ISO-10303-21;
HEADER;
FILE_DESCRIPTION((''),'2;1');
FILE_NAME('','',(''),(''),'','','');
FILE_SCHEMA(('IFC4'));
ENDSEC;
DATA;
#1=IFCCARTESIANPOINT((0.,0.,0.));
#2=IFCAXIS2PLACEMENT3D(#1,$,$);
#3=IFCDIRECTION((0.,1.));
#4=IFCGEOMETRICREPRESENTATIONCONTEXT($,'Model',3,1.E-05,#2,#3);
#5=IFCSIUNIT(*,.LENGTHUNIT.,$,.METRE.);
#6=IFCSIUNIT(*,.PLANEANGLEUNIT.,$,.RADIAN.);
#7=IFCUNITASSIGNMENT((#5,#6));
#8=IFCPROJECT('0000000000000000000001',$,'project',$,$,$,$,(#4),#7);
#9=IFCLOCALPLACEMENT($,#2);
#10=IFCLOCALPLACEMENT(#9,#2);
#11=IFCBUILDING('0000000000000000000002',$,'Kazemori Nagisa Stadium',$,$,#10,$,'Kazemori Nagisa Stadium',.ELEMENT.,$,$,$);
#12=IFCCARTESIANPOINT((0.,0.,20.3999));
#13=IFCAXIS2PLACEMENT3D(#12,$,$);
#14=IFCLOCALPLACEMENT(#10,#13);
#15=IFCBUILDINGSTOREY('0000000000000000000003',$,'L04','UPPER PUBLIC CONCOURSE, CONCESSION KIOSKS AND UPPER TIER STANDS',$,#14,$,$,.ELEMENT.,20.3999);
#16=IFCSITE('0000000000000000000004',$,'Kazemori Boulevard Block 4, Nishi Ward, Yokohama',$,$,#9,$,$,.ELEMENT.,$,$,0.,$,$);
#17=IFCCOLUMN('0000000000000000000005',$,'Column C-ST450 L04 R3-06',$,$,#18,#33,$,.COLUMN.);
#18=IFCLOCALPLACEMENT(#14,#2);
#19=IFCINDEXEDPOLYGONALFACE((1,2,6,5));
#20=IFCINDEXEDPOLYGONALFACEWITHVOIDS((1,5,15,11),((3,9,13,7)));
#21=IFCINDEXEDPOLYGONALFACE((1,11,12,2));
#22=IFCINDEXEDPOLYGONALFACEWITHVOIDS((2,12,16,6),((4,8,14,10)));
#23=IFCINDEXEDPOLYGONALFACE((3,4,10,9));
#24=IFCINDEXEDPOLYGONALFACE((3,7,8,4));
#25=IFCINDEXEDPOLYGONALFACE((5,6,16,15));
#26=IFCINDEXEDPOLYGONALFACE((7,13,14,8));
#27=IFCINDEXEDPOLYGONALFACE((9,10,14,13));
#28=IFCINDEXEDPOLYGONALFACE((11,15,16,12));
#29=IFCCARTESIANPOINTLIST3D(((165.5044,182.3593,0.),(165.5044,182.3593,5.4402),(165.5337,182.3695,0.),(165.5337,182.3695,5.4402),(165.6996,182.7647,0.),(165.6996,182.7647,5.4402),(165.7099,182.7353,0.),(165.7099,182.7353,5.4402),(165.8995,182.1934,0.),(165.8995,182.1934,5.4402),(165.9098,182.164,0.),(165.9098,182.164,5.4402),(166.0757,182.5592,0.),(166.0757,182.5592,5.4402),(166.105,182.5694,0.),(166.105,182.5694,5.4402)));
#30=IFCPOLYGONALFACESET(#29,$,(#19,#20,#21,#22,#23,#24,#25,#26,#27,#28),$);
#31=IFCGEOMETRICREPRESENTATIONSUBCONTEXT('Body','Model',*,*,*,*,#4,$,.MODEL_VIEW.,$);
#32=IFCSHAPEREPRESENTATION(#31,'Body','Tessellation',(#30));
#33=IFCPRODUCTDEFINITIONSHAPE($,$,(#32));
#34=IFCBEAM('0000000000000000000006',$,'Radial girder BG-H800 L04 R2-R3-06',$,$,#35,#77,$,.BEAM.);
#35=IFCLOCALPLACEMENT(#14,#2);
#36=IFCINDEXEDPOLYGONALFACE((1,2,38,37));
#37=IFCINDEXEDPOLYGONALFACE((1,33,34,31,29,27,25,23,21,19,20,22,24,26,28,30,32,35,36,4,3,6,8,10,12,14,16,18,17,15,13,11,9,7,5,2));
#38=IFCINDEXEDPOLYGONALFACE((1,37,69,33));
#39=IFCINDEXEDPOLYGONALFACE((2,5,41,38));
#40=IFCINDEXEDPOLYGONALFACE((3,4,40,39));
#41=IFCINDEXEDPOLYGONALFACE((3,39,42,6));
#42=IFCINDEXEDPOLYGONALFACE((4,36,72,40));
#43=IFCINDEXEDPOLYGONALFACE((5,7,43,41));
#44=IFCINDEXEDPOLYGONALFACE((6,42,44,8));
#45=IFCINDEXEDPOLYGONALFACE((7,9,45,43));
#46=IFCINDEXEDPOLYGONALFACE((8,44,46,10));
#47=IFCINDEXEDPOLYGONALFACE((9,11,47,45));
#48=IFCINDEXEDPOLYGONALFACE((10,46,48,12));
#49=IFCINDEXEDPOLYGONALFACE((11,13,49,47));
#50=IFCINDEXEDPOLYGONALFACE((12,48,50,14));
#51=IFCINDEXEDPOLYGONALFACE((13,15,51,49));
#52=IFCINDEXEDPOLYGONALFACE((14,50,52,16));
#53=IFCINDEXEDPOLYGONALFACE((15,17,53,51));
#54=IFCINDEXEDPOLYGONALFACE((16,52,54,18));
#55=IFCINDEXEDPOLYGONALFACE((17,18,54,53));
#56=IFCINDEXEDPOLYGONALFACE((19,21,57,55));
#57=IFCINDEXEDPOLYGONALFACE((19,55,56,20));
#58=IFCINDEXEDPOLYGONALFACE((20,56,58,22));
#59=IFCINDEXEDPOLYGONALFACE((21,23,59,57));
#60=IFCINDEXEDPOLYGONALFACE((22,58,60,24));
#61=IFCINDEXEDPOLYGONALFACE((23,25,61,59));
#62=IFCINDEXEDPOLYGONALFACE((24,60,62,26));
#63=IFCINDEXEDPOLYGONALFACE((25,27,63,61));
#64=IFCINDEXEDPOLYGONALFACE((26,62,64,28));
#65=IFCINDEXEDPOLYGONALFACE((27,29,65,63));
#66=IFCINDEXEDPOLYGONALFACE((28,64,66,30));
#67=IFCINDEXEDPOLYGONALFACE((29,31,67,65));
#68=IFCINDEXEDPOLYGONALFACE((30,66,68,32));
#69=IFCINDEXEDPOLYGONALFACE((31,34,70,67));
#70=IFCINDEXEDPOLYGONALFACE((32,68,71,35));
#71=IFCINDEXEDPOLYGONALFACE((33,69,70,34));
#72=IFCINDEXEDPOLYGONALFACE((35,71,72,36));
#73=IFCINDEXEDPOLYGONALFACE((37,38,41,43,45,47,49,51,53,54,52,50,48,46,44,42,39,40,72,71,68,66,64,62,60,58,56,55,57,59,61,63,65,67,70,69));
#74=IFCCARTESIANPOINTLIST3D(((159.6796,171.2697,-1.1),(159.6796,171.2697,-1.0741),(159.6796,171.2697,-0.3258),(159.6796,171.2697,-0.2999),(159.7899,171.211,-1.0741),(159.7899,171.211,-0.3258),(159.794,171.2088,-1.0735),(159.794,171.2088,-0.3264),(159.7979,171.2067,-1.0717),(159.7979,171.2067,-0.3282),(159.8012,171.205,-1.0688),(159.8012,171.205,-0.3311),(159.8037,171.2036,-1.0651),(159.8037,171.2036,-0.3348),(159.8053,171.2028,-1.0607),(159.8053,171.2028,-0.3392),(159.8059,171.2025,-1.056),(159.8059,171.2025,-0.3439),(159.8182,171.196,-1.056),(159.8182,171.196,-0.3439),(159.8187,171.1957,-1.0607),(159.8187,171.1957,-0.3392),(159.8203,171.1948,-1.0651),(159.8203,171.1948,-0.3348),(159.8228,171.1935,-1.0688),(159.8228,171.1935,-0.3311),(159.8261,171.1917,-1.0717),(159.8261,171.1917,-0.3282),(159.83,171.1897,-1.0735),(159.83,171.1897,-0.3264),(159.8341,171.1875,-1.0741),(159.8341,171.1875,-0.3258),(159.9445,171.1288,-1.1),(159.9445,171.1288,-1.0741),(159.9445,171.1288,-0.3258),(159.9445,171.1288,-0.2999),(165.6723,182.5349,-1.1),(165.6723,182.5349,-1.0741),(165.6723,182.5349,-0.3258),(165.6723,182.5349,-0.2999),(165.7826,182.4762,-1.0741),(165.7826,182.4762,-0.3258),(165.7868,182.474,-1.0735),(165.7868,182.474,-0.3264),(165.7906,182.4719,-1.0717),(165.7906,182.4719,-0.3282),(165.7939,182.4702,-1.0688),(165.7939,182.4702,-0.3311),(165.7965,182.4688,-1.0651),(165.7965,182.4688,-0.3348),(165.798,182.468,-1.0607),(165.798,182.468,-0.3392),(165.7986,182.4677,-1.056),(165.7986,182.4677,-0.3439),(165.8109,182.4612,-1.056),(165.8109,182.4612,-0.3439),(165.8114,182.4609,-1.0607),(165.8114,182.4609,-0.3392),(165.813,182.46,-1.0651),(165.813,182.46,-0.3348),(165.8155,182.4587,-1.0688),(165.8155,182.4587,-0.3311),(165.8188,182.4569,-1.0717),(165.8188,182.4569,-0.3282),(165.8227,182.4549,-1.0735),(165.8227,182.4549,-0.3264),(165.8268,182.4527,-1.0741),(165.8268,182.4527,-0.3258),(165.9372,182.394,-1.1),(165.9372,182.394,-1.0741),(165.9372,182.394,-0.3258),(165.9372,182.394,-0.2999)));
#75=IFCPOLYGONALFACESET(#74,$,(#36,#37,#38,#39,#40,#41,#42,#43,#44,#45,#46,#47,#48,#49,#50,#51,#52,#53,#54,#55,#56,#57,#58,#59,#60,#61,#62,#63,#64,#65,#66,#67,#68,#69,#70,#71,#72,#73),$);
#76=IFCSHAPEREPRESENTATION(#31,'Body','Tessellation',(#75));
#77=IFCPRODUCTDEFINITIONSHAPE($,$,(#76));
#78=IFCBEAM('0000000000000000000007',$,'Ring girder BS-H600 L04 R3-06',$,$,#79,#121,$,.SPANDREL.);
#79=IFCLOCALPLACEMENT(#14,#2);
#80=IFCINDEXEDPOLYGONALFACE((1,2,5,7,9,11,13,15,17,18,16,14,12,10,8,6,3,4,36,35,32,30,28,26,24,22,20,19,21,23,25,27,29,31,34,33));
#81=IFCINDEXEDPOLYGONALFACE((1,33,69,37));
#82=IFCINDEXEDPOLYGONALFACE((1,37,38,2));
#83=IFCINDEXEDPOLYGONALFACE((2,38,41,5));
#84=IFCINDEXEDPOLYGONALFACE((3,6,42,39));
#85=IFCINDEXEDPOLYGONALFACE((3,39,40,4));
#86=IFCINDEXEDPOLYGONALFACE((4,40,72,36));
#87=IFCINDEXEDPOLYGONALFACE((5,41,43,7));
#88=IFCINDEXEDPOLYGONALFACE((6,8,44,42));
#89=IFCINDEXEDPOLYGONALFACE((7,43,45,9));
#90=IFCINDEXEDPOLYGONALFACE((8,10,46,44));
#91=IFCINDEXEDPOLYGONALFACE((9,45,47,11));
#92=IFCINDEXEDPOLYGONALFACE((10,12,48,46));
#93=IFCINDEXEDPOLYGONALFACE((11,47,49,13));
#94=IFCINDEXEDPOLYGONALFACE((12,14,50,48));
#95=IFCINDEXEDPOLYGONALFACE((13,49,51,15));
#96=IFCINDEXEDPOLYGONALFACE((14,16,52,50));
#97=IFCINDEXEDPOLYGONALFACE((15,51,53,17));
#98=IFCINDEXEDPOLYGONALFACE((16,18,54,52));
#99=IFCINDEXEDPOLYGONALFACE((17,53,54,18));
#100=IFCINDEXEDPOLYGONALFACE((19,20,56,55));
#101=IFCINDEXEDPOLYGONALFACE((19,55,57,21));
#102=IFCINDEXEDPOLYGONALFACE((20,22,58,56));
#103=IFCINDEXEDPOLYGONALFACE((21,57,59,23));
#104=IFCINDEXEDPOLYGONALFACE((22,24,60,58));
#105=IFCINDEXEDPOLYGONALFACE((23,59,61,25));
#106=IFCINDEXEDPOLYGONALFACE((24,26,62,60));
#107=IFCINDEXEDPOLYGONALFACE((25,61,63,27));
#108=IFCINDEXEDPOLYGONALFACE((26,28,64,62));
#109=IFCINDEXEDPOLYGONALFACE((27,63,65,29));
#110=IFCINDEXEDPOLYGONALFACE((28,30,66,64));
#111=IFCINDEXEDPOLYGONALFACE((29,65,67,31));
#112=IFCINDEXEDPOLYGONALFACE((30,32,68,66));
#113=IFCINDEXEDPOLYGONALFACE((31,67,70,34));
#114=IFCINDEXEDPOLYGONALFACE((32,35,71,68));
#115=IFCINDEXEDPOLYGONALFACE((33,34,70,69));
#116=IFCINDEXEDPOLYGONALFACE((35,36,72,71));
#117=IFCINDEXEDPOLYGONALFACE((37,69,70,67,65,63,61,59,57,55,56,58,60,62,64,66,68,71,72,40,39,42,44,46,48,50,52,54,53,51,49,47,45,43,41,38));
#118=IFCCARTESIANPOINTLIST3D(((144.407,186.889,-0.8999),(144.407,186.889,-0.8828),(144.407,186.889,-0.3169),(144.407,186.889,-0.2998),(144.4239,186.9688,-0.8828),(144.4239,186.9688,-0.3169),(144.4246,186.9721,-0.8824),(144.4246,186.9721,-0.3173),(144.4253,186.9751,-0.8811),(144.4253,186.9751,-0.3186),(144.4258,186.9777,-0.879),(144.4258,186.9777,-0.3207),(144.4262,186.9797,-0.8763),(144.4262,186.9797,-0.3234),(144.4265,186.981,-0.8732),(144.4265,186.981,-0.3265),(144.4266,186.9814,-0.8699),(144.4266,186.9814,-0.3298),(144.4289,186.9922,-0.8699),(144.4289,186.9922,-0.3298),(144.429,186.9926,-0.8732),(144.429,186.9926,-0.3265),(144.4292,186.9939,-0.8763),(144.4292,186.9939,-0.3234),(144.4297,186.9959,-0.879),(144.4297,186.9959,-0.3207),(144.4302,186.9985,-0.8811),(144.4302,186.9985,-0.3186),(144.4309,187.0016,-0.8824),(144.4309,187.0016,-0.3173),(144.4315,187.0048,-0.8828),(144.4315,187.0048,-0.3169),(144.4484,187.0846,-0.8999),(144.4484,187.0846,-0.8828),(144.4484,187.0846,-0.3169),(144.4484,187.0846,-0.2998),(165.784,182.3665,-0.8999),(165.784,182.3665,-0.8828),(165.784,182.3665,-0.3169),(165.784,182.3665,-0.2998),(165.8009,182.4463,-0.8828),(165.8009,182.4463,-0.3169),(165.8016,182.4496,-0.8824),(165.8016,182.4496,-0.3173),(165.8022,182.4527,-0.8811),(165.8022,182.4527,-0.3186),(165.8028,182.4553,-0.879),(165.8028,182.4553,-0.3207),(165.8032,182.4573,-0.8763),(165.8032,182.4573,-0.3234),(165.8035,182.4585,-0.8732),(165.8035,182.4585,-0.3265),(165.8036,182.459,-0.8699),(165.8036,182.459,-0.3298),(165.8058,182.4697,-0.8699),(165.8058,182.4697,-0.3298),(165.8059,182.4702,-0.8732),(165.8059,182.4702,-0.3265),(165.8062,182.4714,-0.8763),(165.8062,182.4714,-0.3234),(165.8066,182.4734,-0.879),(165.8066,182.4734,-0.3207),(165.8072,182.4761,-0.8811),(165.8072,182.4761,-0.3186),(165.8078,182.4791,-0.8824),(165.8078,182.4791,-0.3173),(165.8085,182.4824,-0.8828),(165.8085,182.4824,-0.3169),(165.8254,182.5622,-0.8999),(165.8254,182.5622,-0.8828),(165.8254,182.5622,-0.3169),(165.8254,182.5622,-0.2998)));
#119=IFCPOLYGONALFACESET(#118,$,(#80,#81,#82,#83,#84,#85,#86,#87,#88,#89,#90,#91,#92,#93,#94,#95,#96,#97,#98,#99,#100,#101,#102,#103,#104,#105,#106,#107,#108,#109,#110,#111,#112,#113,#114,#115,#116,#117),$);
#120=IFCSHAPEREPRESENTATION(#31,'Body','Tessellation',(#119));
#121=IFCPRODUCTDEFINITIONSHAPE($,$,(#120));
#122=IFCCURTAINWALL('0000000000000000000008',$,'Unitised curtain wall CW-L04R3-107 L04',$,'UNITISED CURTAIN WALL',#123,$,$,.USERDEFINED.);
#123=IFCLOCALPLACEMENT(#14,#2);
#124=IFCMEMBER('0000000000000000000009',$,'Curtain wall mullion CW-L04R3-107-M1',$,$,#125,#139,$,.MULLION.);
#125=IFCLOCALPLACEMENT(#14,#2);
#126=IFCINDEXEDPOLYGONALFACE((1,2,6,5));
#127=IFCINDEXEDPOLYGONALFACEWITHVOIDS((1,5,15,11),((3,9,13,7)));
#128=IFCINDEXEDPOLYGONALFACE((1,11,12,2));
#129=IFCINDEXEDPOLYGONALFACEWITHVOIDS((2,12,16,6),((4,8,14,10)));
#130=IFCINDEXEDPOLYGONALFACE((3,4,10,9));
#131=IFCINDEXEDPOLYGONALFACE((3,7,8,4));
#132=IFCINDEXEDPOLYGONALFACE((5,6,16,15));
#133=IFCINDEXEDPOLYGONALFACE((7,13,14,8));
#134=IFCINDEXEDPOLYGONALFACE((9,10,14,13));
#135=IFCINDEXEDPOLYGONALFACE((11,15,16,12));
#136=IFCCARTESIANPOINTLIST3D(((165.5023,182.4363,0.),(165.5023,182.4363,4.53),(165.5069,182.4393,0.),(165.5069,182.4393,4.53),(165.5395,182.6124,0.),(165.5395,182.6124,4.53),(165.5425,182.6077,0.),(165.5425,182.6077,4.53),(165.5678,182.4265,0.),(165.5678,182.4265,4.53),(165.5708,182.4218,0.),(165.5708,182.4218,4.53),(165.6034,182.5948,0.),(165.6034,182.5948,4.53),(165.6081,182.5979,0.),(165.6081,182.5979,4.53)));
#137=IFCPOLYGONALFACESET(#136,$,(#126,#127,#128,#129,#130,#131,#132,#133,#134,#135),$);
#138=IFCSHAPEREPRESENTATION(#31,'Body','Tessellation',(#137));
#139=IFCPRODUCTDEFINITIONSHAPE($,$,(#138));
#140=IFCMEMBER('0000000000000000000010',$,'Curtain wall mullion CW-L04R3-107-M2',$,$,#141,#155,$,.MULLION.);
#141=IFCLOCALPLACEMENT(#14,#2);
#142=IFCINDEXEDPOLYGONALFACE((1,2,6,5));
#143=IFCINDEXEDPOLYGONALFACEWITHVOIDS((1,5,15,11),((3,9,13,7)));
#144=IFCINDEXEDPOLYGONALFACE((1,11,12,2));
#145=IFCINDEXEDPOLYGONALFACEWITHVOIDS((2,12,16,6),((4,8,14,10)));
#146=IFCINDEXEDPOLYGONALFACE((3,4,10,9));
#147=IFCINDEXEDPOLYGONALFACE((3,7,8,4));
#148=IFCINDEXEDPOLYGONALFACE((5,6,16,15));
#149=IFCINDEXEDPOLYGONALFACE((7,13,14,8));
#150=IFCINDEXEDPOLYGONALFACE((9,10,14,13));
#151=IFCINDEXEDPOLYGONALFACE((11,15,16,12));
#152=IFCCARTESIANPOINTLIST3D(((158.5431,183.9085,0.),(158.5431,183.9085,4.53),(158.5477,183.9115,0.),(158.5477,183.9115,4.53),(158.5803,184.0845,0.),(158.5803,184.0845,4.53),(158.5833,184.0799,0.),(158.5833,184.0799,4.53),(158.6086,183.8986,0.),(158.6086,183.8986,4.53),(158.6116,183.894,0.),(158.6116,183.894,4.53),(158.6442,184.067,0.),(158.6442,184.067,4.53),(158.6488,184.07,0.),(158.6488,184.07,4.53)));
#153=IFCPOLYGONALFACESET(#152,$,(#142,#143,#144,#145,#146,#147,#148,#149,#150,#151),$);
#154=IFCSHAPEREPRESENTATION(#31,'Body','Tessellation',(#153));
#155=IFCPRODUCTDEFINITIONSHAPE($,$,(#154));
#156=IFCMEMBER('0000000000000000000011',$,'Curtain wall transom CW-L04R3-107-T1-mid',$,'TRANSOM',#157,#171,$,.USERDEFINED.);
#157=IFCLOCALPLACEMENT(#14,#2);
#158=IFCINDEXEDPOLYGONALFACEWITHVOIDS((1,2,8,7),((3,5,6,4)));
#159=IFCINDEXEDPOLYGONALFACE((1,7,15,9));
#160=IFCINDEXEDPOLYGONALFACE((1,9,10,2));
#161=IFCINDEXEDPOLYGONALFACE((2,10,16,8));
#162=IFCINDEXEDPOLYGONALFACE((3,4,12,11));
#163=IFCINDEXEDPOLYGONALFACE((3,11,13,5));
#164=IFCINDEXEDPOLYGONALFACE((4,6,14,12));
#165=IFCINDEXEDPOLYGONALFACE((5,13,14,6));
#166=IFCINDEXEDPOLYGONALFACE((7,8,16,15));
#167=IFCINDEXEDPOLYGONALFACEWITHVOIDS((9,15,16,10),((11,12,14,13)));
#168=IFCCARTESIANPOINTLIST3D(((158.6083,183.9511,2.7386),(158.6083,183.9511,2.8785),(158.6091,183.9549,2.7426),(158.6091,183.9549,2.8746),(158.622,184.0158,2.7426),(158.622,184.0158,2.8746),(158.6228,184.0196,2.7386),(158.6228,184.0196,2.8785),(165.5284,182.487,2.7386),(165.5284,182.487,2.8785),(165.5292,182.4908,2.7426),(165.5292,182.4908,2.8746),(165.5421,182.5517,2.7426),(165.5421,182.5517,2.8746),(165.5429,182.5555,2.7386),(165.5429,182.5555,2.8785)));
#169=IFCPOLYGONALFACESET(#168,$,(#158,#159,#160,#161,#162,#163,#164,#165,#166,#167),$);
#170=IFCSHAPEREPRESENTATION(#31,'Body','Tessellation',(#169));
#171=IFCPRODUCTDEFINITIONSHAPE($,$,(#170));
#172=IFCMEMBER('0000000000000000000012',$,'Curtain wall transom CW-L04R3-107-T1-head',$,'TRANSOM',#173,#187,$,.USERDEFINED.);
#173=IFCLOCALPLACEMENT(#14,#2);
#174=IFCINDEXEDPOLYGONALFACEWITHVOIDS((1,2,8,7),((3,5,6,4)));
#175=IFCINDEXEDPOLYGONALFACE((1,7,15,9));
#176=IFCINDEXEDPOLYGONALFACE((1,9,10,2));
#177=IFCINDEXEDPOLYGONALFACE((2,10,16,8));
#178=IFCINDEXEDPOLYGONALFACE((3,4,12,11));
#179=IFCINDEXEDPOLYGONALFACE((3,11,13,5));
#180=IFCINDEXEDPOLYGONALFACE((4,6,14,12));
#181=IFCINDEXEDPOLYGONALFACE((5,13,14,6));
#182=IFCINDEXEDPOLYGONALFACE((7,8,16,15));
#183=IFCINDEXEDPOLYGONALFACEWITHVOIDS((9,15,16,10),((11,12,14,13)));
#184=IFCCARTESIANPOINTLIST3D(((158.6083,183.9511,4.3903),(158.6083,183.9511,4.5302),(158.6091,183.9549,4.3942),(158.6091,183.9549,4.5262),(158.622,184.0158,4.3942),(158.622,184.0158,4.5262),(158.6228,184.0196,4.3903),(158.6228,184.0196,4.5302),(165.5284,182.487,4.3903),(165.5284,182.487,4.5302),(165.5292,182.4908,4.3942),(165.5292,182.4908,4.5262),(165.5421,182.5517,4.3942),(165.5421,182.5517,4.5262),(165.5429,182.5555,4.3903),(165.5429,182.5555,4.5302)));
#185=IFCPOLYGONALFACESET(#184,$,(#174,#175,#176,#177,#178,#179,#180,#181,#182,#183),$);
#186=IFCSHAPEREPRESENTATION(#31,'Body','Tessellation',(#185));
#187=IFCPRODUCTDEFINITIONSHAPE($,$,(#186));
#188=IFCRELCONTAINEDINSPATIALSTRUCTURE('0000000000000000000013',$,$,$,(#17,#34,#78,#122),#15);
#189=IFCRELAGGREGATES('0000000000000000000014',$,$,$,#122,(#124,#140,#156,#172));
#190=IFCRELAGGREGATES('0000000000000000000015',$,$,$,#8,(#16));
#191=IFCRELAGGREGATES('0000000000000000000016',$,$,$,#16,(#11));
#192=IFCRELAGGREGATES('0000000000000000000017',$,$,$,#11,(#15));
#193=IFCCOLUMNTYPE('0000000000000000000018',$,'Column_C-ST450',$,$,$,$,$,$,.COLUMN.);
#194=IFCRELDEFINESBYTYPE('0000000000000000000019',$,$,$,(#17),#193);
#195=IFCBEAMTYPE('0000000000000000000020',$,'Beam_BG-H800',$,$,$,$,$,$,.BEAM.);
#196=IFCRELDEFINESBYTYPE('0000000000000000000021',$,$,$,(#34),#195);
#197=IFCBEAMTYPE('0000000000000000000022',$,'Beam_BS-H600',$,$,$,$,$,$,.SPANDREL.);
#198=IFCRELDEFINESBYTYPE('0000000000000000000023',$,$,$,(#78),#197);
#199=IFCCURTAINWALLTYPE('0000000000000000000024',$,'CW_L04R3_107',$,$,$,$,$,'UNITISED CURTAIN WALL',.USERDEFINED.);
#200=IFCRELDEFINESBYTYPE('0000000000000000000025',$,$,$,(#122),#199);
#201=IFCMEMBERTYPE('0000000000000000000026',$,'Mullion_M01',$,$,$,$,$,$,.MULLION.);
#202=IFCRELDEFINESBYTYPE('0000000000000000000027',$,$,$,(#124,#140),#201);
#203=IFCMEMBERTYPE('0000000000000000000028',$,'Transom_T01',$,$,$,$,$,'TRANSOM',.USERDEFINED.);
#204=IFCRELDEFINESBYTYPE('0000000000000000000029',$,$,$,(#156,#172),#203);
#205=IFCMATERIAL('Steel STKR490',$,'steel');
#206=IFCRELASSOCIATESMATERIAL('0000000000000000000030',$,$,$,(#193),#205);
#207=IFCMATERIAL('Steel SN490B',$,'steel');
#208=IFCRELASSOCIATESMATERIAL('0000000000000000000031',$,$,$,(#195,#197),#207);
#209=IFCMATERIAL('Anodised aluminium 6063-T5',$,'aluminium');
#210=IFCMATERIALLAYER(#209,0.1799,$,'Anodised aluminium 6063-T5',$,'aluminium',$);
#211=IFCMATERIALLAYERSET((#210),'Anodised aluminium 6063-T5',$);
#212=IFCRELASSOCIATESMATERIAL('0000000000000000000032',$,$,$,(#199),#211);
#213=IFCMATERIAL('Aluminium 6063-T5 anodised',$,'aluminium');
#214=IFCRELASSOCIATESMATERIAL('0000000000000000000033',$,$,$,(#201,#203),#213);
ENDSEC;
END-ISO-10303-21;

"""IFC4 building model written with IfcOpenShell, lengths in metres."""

from ifc_helpers import new_model, si_unit, direction, frame, origin, origin_2d, place, context, subcontext, project, spatial, hollow_rectangle, i_section, extrude, material, layer, layer_set, material_profile, profile_set, type_object, element, aggregate, save


model = new_model("IFC4")

# Units and contexts
model_context = context("Model", 3, precision=1e-05, world=origin(), true_north=direction((0.0, 1.0)))
body_context = subcontext(model_context, "Body", "Model", "MODEL_VIEW")
ifc_project = project(units=[si_unit("LENGTHUNIT", "METRE"), si_unit("PLANEANGLEUNIT", "RADIAN")], contexts=[model_context])

# Site, building, storey
site_placement = place(None, origin())
site = spatial("IfcSite", under=ifc_project, at=site_placement, Name="Kazemori Boulevard Block 4, Nishi Ward, Yokohama", CompositionType="ELEMENT", RefElevation=0.0)
building_placement = place(site_placement, origin())
building = spatial("IfcBuilding", under=site, at=building_placement, Name="Kazemori Nagisa Stadium", LongName="Kazemori Nagisa Stadium", CompositionType="ELEMENT")
storey_placement = place(building_placement, frame((0.0, 0.0, 20.3999)))
storey = spatial("IfcBuildingStorey", under=building, at=storey_placement, Name="L04", Description="UPPER PUBLIC CONCOURSE, CONCESSION KIOSKS AND UPPER TIER STANDS", CompositionType="ELEMENT", Elevation=20.3999)

# Column
ifc_material_1 = material(Name="Steel STKR490", Category="steel")
ifc_material_profile_1 = material_profile(ifc_material_1, hollow_rectangle(XDim=0.45, YDim=0.45, WallThickness=0.022, at=origin_2d()), Name="SHS-450x450x22")
ifc_profile_set_1 = profile_set([ifc_material_profile_1], Name="Steel STKR490")
column_type = type_object("IfcColumnType", Name="Column_C-ST450", PredefinedType="COLUMN", material=ifc_profile_set_1)
column_placement = place(storey_placement, frame((165.8047, 182.4644, 0.0), z_axis=(0.0, 0.0, 1.0), x_axis=(0.433884, 0.900969, 0.0)))
element("IfcColumn", 1, at=column_placement, inside=storey, type_object=column_type, Name="Column C-ST450 L04 R3-06", PredefinedType="COLUMN", context=body_context, shape_type="SweptSolid", body=[
    extrude(hollow_rectangle(XDim=0.45, YDim=0.45, WallThickness=0.022, at=origin_2d()), origin(), (0.0, 0.0, 1.0), 5.4402),
])

# Beams
ifc_material_2 = material(Name="Steel SN490B", Category="steel")
ifc_material_profile_2 = material_profile(ifc_material_2, i_section(OverallWidth=0.3, OverallDepth=0.8, WebThickness=0.0139, FlangeThickness=0.0259, FilletRadius=0.0181, at=origin_2d()), Name="H-800x300x14x26")
ifc_profile_set_2 = profile_set([ifc_material_profile_2], Name="Steel SN490B")
beam_type_1 = type_object("IfcBeamType", Name="Beam_BG-H800", PredefinedType="BEAM", material=ifc_profile_set_2)
beam_1_placement = place(storey_placement, frame((159.812, 171.1992, -0.7), z_axis=(0.469649, 0.882853, 0.0), x_axis=(-0.882853, 0.469649, 0.0)))
element("IfcBeam", 2, at=beam_1_placement, inside=storey, type_object=beam_type_1, Name="Radial girder BG-H800 L04 R2-R3-06", PredefinedType="BEAM", context=body_context, shape_type="SweptSolid", body=[
    extrude(i_section(OverallWidth=0.3, OverallDepth=0.8, WebThickness=0.0139, FlangeThickness=0.0259, FilletRadius=0.0181, at=origin_2d()), origin(), (0.0, 0.0, 1.0), 12.76),
])
ifc_material_profile_3 = material_profile(ifc_material_2, i_section(OverallWidth=0.2, OverallDepth=0.6001, WebThickness=0.011, FlangeThickness=0.0171, FilletRadius=0.0129, at=origin_2d()), Name="H-600x200x11x17")
ifc_profile_set_3 = profile_set([ifc_material_profile_3], Name="Steel SN490B")
beam_type_2 = type_object("IfcBeamType", Name="Beam_BS-H600", PredefinedType="SPANDREL", material=ifc_profile_set_3)
beam_2_placement = place(storey_placement, frame((165.8047, 182.4644, -0.5999), z_axis=(-0.978346, 0.206977, 0.0), x_axis=(-0.206977, -0.978346, 0.0)))
element("IfcBeam", 3, at=beam_2_placement, inside=storey, type_object=beam_type_2, Name="Ring girder BS-H600 L04 R3-06", PredefinedType="SPANDREL", context=body_context, shape_type="SweptSolid", body=[
    extrude(i_section(OverallWidth=0.2, OverallDepth=0.6001, WebThickness=0.011, FlangeThickness=0.0171, FilletRadius=0.0129, at=origin_2d()), origin(), (0.0, 0.0, 1.0), 21.8501),
])

# Curtain wall, members
ifc_material_3 = material(Name="Anodised aluminium 6063-T5", Category="aluminium")
ifc_layer_1 = layer(ifc_material_3, 0.1799, Name="Anodised aluminium 6063-T5", Category="aluminium")
ifc_layer_set_1 = layer_set([ifc_layer_1], Name="Anodised aluminium 6063-T5")
curtain_wall_type = type_object("IfcCurtainWallType", Name="CW_L04R3_107", ElementType="UNITISED CURTAIN WALL", PredefinedType="USERDEFINED", material=ifc_layer_set_1)
curtain_wall_placement = place(storey_placement, origin())
curtain_wall = element("IfcCurtainWall", 4, at=curtain_wall_placement, inside=storey, type_object=curtain_wall_type, Name="Unitised curtain wall CW-L04R3-107 L04", ObjectType="UNITISED CURTAIN WALL", PredefinedType="USERDEFINED")
ifc_material_4 = material(Name="Aluminium 6063-T5 anodised", Category="aluminium")
ifc_material_profile_4 = material_profile(ifc_material_4, hollow_rectangle(XDim=0.0701, YDim=0.1799, WallThickness=0.0039, at=origin_2d()), Name="ALU-MULL-70x180x4")
ifc_profile_set_4 = profile_set([ifc_material_profile_4], Name="Aluminium 6063-T5 anodised")
member_type_1 = type_object("IfcMemberType", Name="Mullion_M01", PredefinedType="MULLION", material=ifc_profile_set_4)
member_1_placement = place(storey_placement, frame((165.5552, 182.5171, 0.0), z_axis=(0.0, 0.0, 1.0), x_axis=(-0.978345, 0.206981, 0.0)))
member_1 = element("IfcMember", 5, at=member_1_placement, type_object=member_type_1, Name="Curtain wall mullion CW-L04R3-107-M1", PredefinedType="MULLION", context=body_context, shape_type="SweptSolid", body=[
    extrude(hollow_rectangle(XDim=0.0701, YDim=0.1799, WallThickness=0.0039, at=origin_2d()), origin(), (0.0, 0.0, 1.0), 4.53),
])
member_2_placement = place(storey_placement, frame((158.5959, 183.9893, 0.0), z_axis=(0.0, 0.0, 1.0), x_axis=(-0.978345, 0.206981, 0.0)))
member_2 = element("IfcMember", 6, at=member_2_placement, type_object=member_type_1, Name="Curtain wall mullion CW-L04R3-107-M2", PredefinedType="MULLION", context=body_context, shape_type="SweptSolid", body=[
    extrude(hollow_rectangle(XDim=0.0701, YDim=0.1799, WallThickness=0.0039, at=origin_2d()), origin(), (0.0, 0.0, 1.0), 4.53),
])
ifc_material_profile_5 = material_profile(ifc_material_4, hollow_rectangle(XDim=0.0701, YDim=0.1399, WallThickness=0.0039, at=origin_2d()), Name="ALU-TRAN-70x140x4")
ifc_profile_set_5 = profile_set([ifc_material_profile_5], Name="Aluminium 6063-T5 anodised")
member_type_2 = type_object("IfcMemberType", Name="Transom_T01", ElementType="TRANSOM", PredefinedType="USERDEFINED", material=ifc_profile_set_5)
member_3_placement = place(storey_placement, frame((165.5356, 182.5212, 2.8086), z_axis=(-0.978343, 0.20699, 0.0), x_axis=(-0.20699, -0.978343, 0.0)))
member_3 = element("IfcMember", 7, at=member_3_placement, type_object=member_type_2, Name="Curtain wall transom CW-L04R3-107-T1-mid", ObjectType="TRANSOM", PredefinedType="USERDEFINED", context=body_context, shape_type="SweptSolid", body=[
    extrude(hollow_rectangle(XDim=0.0701, YDim=0.1399, WallThickness=0.0039, at=origin_2d()), origin(), (0.0, 0.0, 1.0), 7.0732),
])
member_4_placement = place(storey_placement, frame((165.5356, 182.5212, 4.4602), z_axis=(-0.978343, 0.20699, 0.0), x_axis=(-0.20699, -0.978343, 0.0)))
member_4 = element("IfcMember", 8, at=member_4_placement, type_object=member_type_2, Name="Curtain wall transom CW-L04R3-107-T1-head", ObjectType="TRANSOM", PredefinedType="USERDEFINED", context=body_context, shape_type="SweptSolid", body=[
    extrude(hollow_rectangle(XDim=0.0701, YDim=0.1399, WallThickness=0.0039, at=origin_2d()), origin(), (0.0, 0.0, 1.0), 7.0732),
])
aggregate(curtain_wall, [member_1, member_2, member_3, member_4])

save(model, "model.ifc")
